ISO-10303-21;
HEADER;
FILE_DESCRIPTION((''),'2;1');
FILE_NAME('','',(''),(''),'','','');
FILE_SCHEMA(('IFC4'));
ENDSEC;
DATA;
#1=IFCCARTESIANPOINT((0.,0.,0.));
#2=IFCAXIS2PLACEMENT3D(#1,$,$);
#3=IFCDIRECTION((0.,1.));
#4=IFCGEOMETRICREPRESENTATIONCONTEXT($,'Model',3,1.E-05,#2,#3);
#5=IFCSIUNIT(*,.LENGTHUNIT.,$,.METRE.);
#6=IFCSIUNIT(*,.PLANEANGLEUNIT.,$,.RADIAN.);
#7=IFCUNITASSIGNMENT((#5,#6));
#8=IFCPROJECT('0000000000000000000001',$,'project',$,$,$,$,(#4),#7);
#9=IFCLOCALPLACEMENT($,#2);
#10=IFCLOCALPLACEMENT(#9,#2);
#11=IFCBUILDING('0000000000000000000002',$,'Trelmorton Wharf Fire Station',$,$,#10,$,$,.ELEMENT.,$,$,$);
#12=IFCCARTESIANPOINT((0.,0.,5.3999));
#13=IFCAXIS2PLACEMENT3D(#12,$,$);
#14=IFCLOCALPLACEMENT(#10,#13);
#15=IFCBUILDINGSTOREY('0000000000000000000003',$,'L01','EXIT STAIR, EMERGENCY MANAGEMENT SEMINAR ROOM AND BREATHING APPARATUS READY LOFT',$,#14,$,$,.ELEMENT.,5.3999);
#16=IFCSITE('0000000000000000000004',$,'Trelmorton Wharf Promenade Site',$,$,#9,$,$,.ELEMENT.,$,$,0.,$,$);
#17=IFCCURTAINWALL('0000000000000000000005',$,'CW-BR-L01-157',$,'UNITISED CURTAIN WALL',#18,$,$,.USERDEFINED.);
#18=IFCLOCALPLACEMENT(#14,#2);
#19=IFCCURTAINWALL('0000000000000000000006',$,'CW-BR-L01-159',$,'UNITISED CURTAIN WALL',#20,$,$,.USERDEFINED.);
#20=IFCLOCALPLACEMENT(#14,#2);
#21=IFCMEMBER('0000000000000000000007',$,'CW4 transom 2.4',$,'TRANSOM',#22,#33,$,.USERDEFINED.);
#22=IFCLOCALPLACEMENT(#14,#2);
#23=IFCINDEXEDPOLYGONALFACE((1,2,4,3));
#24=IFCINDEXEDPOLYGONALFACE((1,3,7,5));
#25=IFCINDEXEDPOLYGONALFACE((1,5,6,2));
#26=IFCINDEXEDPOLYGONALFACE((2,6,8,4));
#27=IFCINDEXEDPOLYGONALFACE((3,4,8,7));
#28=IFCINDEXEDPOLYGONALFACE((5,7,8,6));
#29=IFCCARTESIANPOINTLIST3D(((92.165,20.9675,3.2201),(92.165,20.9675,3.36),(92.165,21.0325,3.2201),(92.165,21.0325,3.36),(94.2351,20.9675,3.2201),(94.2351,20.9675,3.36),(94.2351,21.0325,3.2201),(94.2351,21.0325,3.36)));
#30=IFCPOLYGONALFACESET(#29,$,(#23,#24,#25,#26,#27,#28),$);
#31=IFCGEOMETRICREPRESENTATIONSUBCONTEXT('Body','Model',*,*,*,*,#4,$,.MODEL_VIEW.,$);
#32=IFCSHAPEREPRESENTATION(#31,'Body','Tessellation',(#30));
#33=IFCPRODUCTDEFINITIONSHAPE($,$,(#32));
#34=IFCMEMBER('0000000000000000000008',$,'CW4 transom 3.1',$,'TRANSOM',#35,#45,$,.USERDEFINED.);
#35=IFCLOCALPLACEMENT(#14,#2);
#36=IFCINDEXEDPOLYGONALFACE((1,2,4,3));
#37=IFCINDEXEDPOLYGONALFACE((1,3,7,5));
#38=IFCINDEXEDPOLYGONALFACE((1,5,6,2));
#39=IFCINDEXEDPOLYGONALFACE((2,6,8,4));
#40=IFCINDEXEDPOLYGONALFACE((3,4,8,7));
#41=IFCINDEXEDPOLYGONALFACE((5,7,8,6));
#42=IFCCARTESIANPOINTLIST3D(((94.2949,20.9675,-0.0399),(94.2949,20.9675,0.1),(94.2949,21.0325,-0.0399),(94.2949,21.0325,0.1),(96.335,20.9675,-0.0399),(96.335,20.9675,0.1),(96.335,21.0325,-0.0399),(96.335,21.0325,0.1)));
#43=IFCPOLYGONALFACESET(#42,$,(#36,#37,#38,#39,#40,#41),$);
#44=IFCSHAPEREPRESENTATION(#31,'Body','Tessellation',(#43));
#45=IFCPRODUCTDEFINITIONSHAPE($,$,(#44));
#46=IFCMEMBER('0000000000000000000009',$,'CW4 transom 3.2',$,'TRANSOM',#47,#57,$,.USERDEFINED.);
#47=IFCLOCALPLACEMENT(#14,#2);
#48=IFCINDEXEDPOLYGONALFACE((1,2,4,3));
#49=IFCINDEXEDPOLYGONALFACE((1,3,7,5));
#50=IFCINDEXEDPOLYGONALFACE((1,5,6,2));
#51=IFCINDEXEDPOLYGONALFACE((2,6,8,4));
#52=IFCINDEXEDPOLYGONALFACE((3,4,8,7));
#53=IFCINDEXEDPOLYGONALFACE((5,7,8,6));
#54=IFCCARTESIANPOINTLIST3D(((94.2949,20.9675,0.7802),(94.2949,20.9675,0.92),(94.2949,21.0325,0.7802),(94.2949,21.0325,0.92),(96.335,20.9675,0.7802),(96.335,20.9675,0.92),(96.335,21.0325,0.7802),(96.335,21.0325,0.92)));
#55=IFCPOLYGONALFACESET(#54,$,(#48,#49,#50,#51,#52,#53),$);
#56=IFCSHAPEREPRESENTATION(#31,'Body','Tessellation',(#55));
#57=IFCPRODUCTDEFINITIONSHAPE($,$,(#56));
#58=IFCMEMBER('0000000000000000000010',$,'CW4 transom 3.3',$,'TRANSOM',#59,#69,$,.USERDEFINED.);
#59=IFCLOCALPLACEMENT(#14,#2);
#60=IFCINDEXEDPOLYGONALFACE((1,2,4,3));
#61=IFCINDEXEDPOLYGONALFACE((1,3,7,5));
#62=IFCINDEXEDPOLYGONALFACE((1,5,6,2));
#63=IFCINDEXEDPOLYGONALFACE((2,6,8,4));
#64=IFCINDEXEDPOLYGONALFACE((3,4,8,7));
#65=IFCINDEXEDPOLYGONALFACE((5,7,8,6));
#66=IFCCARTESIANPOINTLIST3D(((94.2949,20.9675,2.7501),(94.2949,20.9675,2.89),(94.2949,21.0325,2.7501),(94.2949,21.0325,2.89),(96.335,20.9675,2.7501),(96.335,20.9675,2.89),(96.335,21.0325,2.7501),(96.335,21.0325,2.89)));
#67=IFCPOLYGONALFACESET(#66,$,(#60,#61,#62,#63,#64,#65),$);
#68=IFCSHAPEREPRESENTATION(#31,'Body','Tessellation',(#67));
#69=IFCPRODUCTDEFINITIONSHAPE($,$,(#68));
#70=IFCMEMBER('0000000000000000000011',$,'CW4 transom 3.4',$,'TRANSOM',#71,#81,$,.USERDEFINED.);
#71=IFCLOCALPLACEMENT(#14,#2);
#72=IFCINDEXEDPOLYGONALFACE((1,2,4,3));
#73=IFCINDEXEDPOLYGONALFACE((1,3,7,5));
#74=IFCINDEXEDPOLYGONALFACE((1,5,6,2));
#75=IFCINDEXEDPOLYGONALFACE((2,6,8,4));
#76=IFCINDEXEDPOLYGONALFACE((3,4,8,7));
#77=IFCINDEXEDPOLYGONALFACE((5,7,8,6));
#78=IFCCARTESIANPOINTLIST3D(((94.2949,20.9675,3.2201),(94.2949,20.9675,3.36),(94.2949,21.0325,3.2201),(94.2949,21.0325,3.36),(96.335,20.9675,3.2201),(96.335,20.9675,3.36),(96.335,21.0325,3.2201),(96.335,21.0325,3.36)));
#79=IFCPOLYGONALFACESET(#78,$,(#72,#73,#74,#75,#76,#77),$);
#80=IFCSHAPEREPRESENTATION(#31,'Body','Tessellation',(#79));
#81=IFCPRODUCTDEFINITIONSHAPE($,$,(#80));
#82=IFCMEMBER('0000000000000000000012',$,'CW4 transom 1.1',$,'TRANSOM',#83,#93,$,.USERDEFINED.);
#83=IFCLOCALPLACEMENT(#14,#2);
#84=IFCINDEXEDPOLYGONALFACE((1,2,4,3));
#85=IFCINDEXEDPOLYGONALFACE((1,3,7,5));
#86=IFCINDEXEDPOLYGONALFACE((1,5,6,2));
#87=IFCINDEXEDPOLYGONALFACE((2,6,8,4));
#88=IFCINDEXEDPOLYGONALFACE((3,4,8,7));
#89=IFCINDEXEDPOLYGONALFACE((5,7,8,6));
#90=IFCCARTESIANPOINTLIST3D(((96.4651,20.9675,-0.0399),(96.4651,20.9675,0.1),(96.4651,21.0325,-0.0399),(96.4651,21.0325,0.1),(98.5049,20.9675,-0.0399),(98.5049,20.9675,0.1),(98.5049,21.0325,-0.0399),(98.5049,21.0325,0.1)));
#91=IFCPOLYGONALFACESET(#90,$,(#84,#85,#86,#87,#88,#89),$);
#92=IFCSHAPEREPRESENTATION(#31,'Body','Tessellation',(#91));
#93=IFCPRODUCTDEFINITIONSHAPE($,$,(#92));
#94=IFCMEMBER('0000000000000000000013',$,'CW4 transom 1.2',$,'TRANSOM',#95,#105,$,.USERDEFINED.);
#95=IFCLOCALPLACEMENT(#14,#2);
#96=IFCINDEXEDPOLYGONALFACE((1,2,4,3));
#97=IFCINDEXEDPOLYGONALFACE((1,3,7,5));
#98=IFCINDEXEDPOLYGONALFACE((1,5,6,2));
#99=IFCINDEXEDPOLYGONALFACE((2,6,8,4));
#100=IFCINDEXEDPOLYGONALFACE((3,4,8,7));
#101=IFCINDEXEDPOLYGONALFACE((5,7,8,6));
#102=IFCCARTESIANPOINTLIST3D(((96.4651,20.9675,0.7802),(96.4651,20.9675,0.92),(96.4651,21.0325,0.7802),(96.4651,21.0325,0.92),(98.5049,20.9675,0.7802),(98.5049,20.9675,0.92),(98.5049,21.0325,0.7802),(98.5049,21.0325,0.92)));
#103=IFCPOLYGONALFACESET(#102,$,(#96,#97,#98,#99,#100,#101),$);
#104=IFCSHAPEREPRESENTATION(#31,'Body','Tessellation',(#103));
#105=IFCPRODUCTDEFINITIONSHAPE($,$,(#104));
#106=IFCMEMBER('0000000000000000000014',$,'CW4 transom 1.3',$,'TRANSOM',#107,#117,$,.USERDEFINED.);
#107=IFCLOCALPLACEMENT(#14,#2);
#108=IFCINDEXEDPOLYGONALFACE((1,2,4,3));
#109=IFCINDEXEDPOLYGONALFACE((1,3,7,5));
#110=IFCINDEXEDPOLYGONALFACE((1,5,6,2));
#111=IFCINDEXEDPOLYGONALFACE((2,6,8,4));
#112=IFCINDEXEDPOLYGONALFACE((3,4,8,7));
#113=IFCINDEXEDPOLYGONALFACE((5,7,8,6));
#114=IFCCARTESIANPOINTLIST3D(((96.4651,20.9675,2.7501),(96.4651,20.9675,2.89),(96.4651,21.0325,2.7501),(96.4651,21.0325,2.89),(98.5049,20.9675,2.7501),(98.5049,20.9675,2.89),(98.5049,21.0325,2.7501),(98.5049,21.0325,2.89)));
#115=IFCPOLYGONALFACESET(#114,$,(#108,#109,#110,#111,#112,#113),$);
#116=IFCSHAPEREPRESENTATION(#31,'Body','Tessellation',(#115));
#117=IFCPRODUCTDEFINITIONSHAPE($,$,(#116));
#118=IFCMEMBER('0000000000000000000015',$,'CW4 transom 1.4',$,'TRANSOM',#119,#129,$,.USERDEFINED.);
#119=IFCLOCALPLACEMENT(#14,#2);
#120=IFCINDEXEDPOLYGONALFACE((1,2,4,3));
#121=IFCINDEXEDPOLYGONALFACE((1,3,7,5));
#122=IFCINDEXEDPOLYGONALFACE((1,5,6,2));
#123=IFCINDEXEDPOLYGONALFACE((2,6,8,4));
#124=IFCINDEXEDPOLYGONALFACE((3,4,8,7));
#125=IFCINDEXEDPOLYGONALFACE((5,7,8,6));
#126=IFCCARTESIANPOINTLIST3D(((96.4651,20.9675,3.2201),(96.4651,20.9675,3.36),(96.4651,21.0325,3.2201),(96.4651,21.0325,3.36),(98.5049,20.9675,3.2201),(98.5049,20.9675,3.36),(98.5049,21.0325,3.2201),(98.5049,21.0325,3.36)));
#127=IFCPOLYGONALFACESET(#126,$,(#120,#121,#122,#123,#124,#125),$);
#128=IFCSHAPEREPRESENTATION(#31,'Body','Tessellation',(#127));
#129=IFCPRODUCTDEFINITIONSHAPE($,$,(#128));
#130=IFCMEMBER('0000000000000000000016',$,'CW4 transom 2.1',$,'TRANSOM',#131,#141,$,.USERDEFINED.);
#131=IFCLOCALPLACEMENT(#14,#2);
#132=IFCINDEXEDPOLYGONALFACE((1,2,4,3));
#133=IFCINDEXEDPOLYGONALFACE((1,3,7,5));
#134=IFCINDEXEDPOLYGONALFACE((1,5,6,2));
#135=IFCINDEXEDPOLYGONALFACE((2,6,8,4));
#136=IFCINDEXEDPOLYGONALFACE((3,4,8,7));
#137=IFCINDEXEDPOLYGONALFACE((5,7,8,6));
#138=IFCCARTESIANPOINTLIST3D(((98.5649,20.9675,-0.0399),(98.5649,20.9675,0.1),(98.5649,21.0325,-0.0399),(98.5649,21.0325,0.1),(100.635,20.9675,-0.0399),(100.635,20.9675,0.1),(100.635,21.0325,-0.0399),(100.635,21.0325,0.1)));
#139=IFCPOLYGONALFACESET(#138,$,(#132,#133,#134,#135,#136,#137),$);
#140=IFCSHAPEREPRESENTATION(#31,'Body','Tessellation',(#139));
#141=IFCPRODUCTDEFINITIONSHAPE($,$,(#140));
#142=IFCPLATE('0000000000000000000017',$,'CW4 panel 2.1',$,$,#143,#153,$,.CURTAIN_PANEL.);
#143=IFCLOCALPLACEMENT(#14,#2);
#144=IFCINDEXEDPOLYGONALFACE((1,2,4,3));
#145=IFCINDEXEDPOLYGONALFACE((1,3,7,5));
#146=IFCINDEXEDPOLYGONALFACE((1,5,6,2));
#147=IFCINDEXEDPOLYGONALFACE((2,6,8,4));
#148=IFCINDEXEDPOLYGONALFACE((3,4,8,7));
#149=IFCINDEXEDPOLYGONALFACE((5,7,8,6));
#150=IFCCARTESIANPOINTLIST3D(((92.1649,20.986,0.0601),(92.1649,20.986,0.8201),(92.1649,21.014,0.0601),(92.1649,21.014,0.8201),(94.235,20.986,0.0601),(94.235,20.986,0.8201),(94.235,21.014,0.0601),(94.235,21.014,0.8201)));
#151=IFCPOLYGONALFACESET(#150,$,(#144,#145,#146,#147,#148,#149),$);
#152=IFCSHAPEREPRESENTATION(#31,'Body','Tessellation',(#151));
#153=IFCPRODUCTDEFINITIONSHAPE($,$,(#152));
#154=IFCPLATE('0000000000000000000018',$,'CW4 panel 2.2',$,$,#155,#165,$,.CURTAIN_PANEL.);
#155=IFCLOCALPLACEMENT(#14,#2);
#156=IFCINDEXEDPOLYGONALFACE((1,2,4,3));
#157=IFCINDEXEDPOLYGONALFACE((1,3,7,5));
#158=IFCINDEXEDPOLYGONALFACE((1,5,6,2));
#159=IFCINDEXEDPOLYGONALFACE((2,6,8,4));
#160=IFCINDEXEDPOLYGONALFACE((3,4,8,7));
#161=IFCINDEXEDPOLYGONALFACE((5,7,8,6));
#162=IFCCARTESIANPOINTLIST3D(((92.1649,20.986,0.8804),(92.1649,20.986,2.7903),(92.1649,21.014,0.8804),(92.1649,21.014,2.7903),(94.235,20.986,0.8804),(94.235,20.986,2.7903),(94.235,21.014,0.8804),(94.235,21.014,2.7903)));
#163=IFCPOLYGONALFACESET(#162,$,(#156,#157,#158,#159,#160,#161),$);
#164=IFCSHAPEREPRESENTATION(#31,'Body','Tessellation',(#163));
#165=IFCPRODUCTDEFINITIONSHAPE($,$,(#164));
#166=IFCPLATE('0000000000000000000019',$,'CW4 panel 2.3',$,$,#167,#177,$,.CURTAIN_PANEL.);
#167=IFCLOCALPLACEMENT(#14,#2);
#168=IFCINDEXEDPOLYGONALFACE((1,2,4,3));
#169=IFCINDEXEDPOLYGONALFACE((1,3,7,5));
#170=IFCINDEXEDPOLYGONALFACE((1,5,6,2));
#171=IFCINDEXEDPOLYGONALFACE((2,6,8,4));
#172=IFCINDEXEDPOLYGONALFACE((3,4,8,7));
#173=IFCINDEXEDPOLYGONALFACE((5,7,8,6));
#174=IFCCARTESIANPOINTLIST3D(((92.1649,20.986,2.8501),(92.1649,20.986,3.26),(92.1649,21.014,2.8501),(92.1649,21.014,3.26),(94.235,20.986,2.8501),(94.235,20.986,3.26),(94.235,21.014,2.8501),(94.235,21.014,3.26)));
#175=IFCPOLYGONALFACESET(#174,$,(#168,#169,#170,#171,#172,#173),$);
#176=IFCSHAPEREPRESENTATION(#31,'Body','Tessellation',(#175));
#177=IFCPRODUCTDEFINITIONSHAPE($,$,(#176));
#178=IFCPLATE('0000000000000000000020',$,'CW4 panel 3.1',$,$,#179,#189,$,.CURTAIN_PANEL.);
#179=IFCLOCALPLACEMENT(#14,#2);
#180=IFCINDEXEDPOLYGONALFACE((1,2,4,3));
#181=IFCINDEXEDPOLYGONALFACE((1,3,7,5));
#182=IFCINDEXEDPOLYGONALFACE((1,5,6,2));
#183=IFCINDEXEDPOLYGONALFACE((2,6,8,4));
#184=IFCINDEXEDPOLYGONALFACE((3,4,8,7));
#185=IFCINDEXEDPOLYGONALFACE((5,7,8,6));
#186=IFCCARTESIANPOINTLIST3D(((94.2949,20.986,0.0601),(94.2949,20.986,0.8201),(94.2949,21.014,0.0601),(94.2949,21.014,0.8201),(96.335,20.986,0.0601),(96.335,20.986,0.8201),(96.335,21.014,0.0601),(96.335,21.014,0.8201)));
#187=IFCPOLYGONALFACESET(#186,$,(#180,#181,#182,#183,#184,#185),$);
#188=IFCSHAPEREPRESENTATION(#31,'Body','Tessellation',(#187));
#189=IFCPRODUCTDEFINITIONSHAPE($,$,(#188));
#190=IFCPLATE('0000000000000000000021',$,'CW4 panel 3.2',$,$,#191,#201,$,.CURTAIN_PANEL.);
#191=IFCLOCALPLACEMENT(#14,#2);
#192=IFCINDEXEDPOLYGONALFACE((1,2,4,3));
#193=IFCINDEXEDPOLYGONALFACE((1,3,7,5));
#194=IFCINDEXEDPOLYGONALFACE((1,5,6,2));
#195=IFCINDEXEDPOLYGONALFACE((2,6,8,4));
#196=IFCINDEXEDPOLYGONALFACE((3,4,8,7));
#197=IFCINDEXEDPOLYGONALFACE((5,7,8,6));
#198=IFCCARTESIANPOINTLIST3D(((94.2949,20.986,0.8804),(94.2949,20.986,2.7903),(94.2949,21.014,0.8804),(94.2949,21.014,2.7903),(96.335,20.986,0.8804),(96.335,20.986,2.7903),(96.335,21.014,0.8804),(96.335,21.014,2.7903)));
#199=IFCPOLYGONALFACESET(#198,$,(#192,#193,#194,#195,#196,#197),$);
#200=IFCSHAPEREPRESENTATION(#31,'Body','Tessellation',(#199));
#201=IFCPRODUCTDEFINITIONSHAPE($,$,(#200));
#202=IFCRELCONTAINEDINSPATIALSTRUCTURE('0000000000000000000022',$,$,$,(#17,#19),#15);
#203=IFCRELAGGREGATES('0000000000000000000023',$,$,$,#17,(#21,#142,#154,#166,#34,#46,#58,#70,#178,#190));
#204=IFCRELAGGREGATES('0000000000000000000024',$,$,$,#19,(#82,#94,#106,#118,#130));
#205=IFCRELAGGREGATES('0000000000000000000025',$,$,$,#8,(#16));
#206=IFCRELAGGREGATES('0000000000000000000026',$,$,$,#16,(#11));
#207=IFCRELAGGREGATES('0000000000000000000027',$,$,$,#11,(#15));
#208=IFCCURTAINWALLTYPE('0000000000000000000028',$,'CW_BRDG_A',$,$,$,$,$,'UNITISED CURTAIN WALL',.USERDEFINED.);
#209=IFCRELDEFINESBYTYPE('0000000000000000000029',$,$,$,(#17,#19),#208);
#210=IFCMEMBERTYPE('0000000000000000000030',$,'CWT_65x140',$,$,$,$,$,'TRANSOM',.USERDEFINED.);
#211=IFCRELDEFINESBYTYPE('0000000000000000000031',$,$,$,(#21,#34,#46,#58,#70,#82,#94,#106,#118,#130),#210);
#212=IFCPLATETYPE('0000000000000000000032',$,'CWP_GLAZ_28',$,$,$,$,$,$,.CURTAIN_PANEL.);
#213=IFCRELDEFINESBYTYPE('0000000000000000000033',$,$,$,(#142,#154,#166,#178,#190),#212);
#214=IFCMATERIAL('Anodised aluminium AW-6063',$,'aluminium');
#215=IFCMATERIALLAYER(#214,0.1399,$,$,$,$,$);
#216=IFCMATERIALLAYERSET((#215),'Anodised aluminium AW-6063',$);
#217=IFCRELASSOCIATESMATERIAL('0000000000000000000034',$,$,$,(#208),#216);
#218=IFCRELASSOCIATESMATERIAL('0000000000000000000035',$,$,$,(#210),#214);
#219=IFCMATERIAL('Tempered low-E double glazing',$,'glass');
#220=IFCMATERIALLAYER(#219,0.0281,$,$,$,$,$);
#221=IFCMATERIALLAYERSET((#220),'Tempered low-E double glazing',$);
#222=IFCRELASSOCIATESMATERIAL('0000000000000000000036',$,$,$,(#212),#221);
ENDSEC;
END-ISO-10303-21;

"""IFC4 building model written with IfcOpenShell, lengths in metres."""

from ifc_helpers import new_model, si_unit, direction, frame, origin, origin_2d, place, context, subcontext, project, spatial, rectangle, extrude, material, layer, layer_set, material_profile, profile_set, type_object, element, aggregate, save


model = new_model("IFC4")

# Units and contexts
model_context = context("Model", 3, precision=1e-05, world=origin(), true_north=direction((0.0, 1.0)))
body_context = subcontext(model_context, "Body", "Model", "MODEL_VIEW")
ifc_project = project(units=[si_unit("LENGTHUNIT", "METRE"), si_unit("PLANEANGLEUNIT", "RADIAN")], contexts=[model_context])

# Site, building, storey
site_placement = place(None, origin())
site = spatial("IfcSite", under=ifc_project, at=site_placement, Name="Trelmorton Wharf Promenade Site", CompositionType="ELEMENT", RefElevation=0.0)
building_placement = place(site_placement, origin())
building = spatial("IfcBuilding", under=site, at=building_placement, Name="Trelmorton Wharf Fire Station", CompositionType="ELEMENT")
storey_placement = place(building_placement, frame((0.0, 0.0, 5.3999)))
storey = spatial("IfcBuildingStorey", under=building, at=storey_placement, Name="L01", Description="EXIT STAIR, EMERGENCY MANAGEMENT SEMINAR ROOM AND BREATHING APPARATUS READY LOFT", CompositionType="ELEMENT", Elevation=5.3999)

# Curtain walls
ifc_material_1 = material(Name="Anodised aluminium AW-6063", Category="aluminium")
ifc_layer_1 = layer(ifc_material_1, 0.1399)
ifc_layer_set_1 = layer_set([ifc_layer_1], Name="Anodised aluminium AW-6063")
curtain_wall_type = type_object("IfcCurtainWallType", Name="CW_BRDG_A", ElementType="UNITISED CURTAIN WALL", PredefinedType="USERDEFINED", material=ifc_layer_set_1)
curtain_wall_1_placement = place(storey_placement, origin())
curtain_wall_1 = element("IfcCurtainWall", 1, at=curtain_wall_1_placement, inside=storey, type_object=curtain_wall_type, Name="CW-BR-L01-157", ObjectType="UNITISED CURTAIN WALL", PredefinedType="USERDEFINED")
curtain_wall_2_placement = place(storey_placement, origin())
curtain_wall_2 = element("IfcCurtainWall", 2, at=curtain_wall_2_placement, inside=storey, type_object=curtain_wall_type, Name="CW-BR-L01-159", ObjectType="UNITISED CURTAIN WALL", PredefinedType="USERDEFINED")

# Members
ifc_material_profile_1 = material_profile(ifc_material_1, rectangle(XDim=0.0649, YDim=0.1399, at=origin_2d()), Name="ALU-65x140")
ifc_profile_set_1 = profile_set([ifc_material_profile_1], Name="Anodised aluminium AW-6063")
member_type_1 = type_object("IfcMemberType", Name="CWT_65x140", ElementType="TRANSOM", PredefinedType="USERDEFINED", material=ifc_profile_set_1)
member_1_placement = place(storey_placement, frame((92.165, 21.0, 3.29), z_axis=(1.0, 0.0, 0.0), x_axis=(0.0, 1.0, 0.0)))
member_1 = element("IfcMember", 3, at=member_1_placement, type_object=member_type_1, Name="CW4 transom 2.4", ObjectType="TRANSOM", PredefinedType="USERDEFINED", context=body_context, shape_type="SweptSolid", body=[
    extrude(rectangle(XDim=0.0649, YDim=0.1399, at=origin_2d()), origin(), (0.0, 0.0, 1.0), 2.0701),
])
member_2_placement = place(storey_placement, frame((94.2949, 21.0, 0.03), z_axis=(1.0, 0.0, 0.0), x_axis=(0.0, 1.0, 0.0)))
member_2 = element("IfcMember", 4, at=member_2_placement, type_object=member_type_1, Name="CW4 transom 3.1", ObjectType="TRANSOM", PredefinedType="USERDEFINED", context=body_context, shape_type="SweptSolid", body=[
    extrude(rectangle(XDim=0.0649, YDim=0.1399, at=origin_2d()), origin(), (0.0, 0.0, 1.0), 2.04),
])
member_3_placement = place(storey_placement, frame((94.2949, 21.0, 0.8501), z_axis=(1.0, 0.0, 0.0), x_axis=(0.0, 1.0, 0.0)))
member_3 = element("IfcMember", 5, at=member_3_placement, type_object=member_type_1, Name="CW4 transom 3.2", ObjectType="TRANSOM", PredefinedType="USERDEFINED", context=body_context, shape_type="SweptSolid", body=[
    extrude(rectangle(XDim=0.0649, YDim=0.1399, at=origin_2d()), origin(), (0.0, 0.0, 1.0), 2.04),
])
member_4_placement = place(storey_placement, frame((94.2949, 21.0, 2.8201), z_axis=(1.0, 0.0, 0.0), x_axis=(0.0, 1.0, 0.0)))
member_4 = element("IfcMember", 6, at=member_4_placement, type_object=member_type_1, Name="CW4 transom 3.3", ObjectType="TRANSOM", PredefinedType="USERDEFINED", context=body_context, shape_type="SweptSolid", body=[
    extrude(rectangle(XDim=0.0649, YDim=0.1399, at=origin_2d()), origin(), (0.0, 0.0, 1.0), 2.04),
])
member_5_placement = place(storey_placement, frame((94.2949, 21.0, 3.29), z_axis=(1.0, 0.0, 0.0), x_axis=(0.0, 1.0, 0.0)))
member_5 = element("IfcMember", 7, at=member_5_placement, type_object=member_type_1, Name="CW4 transom 3.4", ObjectType="TRANSOM", PredefinedType="USERDEFINED", context=body_context, shape_type="SweptSolid", body=[
    extrude(rectangle(XDim=0.0649, YDim=0.1399, at=origin_2d()), origin(), (0.0, 0.0, 1.0), 2.04),
])
member_6_placement = place(storey_placement, frame((96.4651, 21.0, 0.03), z_axis=(1.0, 0.0, 0.0), x_axis=(0.0, 1.0, 0.0)))
member_6 = element("IfcMember", 8, at=member_6_placement, type_object=member_type_1, Name="CW4 transom 1.1", ObjectType="TRANSOM", PredefinedType="USERDEFINED", context=body_context, shape_type="SweptSolid", body=[
    extrude(rectangle(XDim=0.0649, YDim=0.1399, at=origin_2d()), origin(), (0.0, 0.0, 1.0), 2.0398),
])
member_7_placement = place(storey_placement, frame((96.4651, 21.0, 0.8501), z_axis=(1.0, 0.0, 0.0), x_axis=(0.0, 1.0, 0.0)))
member_7 = element("IfcMember", 9, at=member_7_placement, type_object=member_type_1, Name="CW4 transom 1.2", ObjectType="TRANSOM", PredefinedType="USERDEFINED", context=body_context, shape_type="SweptSolid", body=[
    extrude(rectangle(XDim=0.0649, YDim=0.1399, at=origin_2d()), origin(), (0.0, 0.0, 1.0), 2.0398),
])
member_8_placement = place(storey_placement, frame((96.4651, 21.0, 2.8201), z_axis=(1.0, 0.0, 0.0), x_axis=(0.0, 1.0, 0.0)))
member_8 = element("IfcMember", 10, at=member_8_placement, type_object=member_type_1, Name="CW4 transom 1.3", ObjectType="TRANSOM", PredefinedType="USERDEFINED", context=body_context, shape_type="SweptSolid", body=[
    extrude(rectangle(XDim=0.0649, YDim=0.1399, at=origin_2d()), origin(), (0.0, 0.0, 1.0), 2.0398),
])
member_9_placement = place(storey_placement, frame((96.4651, 21.0, 3.29), z_axis=(1.0, 0.0, 0.0), x_axis=(0.0, 1.0, 0.0)))
member_9 = element("IfcMember", 11, at=member_9_placement, type_object=member_type_1, Name="CW4 transom 1.4", ObjectType="TRANSOM", PredefinedType="USERDEFINED", context=body_context, shape_type="SweptSolid", body=[
    extrude(rectangle(XDim=0.0649, YDim=0.1399, at=origin_2d()), origin(), (0.0, 0.0, 1.0), 2.0398),
])
member_10_placement = place(storey_placement, frame((98.5649, 21.0, 0.03), z_axis=(1.0, 0.0, 0.0), x_axis=(0.0, 1.0, 0.0)))
member_10 = element("IfcMember", 12, at=member_10_placement, type_object=member_type_1, Name="CW4 transom 2.1", ObjectType="TRANSOM", PredefinedType="USERDEFINED", context=body_context, shape_type="SweptSolid", body=[
    extrude(rectangle(XDim=0.0649, YDim=0.1399, at=origin_2d()), origin(), (0.0, 0.0, 1.0), 2.0701),
])

# Plates
ifc_material_2 = material(Name="Tempered low-E double glazing", Category="glass")
ifc_layer_2 = layer(ifc_material_2, 0.0281)
ifc_layer_set_2 = layer_set([ifc_layer_2], Name="Tempered low-E double glazing")
plate_type_1 = type_object("IfcPlateType", Name="CWP_GLAZ_28", PredefinedType="CURTAIN_PANEL", material=ifc_layer_set_2)
plate_1_placement = place(storey_placement, frame((93.2, 21.0, 0.0601), z_axis=(0.0, 0.0, 1.0), x_axis=(1.0, 0.0, 0.0)))
plate_1 = element("IfcPlate", 13, at=plate_1_placement, type_object=plate_type_1, Name="CW4 panel 2.1", PredefinedType="CURTAIN_PANEL", context=body_context, shape_type="SweptSolid", body=[
    extrude(rectangle(XDim=2.0701, YDim=0.0281, at=origin_2d()), origin(), (0.0, 0.0, 1.0), 0.76),
])
plate_2_placement = place(storey_placement, frame((93.2, 21.0, 0.8804), z_axis=(0.0, 0.0, 1.0), x_axis=(1.0, 0.0, 0.0)))
plate_2 = element("IfcPlate", 14, at=plate_2_placement, type_object=plate_type_1, Name="CW4 panel 2.2", PredefinedType="CURTAIN_PANEL", context=body_context, shape_type="SweptSolid", body=[
    extrude(rectangle(XDim=2.0701, YDim=0.0281, at=origin_2d()), origin(), (0.0, 0.0, 1.0), 1.9099),
])
plate_3_placement = place(storey_placement, frame((93.2, 21.0, 2.8501), z_axis=(0.0, 0.0, 1.0), x_axis=(1.0, 0.0, 0.0)))
plate_3 = element("IfcPlate", 15, at=plate_3_placement, type_object=plate_type_1, Name="CW4 panel 2.3", PredefinedType="CURTAIN_PANEL", context=body_context, shape_type="SweptSolid", body=[
    extrude(rectangle(XDim=2.0701, YDim=0.0281, at=origin_2d()), origin(), (0.0, 0.0, 1.0), 0.4099),
])
plate_4_placement = place(storey_placement, frame((95.3149, 21.0, 0.0601), z_axis=(0.0, 0.0, 1.0), x_axis=(1.0, 0.0, 0.0)))
plate_4 = element("IfcPlate", 16, at=plate_4_placement, type_object=plate_type_1, Name="CW4 panel 3.1", PredefinedType="CURTAIN_PANEL", context=body_context, shape_type="SweptSolid", body=[
    extrude(rectangle(XDim=2.04, YDim=0.0281, at=origin_2d()), origin(), (0.0, 0.0, 1.0), 0.76),
])
plate_5_placement = place(storey_placement, frame((95.3149, 21.0, 0.8804), z_axis=(0.0, 0.0, 1.0), x_axis=(1.0, 0.0, 0.0)))
plate_5 = element("IfcPlate", 17, at=plate_5_placement, type_object=plate_type_1, Name="CW4 panel 3.2", PredefinedType="CURTAIN_PANEL", context=body_context, shape_type="SweptSolid", body=[
    extrude(rectangle(XDim=2.04, YDim=0.0281, at=origin_2d()), origin(), (0.0, 0.0, 1.0), 1.9099),
])
aggregate(curtain_wall_1, [member_1, plate_1, plate_2, plate_3, member_2, member_3, member_4, member_5, plate_4, plate_5])
aggregate(curtain_wall_2, [member_6, member_7, member_8, member_9, member_10])

save(model, "model.ifc")
